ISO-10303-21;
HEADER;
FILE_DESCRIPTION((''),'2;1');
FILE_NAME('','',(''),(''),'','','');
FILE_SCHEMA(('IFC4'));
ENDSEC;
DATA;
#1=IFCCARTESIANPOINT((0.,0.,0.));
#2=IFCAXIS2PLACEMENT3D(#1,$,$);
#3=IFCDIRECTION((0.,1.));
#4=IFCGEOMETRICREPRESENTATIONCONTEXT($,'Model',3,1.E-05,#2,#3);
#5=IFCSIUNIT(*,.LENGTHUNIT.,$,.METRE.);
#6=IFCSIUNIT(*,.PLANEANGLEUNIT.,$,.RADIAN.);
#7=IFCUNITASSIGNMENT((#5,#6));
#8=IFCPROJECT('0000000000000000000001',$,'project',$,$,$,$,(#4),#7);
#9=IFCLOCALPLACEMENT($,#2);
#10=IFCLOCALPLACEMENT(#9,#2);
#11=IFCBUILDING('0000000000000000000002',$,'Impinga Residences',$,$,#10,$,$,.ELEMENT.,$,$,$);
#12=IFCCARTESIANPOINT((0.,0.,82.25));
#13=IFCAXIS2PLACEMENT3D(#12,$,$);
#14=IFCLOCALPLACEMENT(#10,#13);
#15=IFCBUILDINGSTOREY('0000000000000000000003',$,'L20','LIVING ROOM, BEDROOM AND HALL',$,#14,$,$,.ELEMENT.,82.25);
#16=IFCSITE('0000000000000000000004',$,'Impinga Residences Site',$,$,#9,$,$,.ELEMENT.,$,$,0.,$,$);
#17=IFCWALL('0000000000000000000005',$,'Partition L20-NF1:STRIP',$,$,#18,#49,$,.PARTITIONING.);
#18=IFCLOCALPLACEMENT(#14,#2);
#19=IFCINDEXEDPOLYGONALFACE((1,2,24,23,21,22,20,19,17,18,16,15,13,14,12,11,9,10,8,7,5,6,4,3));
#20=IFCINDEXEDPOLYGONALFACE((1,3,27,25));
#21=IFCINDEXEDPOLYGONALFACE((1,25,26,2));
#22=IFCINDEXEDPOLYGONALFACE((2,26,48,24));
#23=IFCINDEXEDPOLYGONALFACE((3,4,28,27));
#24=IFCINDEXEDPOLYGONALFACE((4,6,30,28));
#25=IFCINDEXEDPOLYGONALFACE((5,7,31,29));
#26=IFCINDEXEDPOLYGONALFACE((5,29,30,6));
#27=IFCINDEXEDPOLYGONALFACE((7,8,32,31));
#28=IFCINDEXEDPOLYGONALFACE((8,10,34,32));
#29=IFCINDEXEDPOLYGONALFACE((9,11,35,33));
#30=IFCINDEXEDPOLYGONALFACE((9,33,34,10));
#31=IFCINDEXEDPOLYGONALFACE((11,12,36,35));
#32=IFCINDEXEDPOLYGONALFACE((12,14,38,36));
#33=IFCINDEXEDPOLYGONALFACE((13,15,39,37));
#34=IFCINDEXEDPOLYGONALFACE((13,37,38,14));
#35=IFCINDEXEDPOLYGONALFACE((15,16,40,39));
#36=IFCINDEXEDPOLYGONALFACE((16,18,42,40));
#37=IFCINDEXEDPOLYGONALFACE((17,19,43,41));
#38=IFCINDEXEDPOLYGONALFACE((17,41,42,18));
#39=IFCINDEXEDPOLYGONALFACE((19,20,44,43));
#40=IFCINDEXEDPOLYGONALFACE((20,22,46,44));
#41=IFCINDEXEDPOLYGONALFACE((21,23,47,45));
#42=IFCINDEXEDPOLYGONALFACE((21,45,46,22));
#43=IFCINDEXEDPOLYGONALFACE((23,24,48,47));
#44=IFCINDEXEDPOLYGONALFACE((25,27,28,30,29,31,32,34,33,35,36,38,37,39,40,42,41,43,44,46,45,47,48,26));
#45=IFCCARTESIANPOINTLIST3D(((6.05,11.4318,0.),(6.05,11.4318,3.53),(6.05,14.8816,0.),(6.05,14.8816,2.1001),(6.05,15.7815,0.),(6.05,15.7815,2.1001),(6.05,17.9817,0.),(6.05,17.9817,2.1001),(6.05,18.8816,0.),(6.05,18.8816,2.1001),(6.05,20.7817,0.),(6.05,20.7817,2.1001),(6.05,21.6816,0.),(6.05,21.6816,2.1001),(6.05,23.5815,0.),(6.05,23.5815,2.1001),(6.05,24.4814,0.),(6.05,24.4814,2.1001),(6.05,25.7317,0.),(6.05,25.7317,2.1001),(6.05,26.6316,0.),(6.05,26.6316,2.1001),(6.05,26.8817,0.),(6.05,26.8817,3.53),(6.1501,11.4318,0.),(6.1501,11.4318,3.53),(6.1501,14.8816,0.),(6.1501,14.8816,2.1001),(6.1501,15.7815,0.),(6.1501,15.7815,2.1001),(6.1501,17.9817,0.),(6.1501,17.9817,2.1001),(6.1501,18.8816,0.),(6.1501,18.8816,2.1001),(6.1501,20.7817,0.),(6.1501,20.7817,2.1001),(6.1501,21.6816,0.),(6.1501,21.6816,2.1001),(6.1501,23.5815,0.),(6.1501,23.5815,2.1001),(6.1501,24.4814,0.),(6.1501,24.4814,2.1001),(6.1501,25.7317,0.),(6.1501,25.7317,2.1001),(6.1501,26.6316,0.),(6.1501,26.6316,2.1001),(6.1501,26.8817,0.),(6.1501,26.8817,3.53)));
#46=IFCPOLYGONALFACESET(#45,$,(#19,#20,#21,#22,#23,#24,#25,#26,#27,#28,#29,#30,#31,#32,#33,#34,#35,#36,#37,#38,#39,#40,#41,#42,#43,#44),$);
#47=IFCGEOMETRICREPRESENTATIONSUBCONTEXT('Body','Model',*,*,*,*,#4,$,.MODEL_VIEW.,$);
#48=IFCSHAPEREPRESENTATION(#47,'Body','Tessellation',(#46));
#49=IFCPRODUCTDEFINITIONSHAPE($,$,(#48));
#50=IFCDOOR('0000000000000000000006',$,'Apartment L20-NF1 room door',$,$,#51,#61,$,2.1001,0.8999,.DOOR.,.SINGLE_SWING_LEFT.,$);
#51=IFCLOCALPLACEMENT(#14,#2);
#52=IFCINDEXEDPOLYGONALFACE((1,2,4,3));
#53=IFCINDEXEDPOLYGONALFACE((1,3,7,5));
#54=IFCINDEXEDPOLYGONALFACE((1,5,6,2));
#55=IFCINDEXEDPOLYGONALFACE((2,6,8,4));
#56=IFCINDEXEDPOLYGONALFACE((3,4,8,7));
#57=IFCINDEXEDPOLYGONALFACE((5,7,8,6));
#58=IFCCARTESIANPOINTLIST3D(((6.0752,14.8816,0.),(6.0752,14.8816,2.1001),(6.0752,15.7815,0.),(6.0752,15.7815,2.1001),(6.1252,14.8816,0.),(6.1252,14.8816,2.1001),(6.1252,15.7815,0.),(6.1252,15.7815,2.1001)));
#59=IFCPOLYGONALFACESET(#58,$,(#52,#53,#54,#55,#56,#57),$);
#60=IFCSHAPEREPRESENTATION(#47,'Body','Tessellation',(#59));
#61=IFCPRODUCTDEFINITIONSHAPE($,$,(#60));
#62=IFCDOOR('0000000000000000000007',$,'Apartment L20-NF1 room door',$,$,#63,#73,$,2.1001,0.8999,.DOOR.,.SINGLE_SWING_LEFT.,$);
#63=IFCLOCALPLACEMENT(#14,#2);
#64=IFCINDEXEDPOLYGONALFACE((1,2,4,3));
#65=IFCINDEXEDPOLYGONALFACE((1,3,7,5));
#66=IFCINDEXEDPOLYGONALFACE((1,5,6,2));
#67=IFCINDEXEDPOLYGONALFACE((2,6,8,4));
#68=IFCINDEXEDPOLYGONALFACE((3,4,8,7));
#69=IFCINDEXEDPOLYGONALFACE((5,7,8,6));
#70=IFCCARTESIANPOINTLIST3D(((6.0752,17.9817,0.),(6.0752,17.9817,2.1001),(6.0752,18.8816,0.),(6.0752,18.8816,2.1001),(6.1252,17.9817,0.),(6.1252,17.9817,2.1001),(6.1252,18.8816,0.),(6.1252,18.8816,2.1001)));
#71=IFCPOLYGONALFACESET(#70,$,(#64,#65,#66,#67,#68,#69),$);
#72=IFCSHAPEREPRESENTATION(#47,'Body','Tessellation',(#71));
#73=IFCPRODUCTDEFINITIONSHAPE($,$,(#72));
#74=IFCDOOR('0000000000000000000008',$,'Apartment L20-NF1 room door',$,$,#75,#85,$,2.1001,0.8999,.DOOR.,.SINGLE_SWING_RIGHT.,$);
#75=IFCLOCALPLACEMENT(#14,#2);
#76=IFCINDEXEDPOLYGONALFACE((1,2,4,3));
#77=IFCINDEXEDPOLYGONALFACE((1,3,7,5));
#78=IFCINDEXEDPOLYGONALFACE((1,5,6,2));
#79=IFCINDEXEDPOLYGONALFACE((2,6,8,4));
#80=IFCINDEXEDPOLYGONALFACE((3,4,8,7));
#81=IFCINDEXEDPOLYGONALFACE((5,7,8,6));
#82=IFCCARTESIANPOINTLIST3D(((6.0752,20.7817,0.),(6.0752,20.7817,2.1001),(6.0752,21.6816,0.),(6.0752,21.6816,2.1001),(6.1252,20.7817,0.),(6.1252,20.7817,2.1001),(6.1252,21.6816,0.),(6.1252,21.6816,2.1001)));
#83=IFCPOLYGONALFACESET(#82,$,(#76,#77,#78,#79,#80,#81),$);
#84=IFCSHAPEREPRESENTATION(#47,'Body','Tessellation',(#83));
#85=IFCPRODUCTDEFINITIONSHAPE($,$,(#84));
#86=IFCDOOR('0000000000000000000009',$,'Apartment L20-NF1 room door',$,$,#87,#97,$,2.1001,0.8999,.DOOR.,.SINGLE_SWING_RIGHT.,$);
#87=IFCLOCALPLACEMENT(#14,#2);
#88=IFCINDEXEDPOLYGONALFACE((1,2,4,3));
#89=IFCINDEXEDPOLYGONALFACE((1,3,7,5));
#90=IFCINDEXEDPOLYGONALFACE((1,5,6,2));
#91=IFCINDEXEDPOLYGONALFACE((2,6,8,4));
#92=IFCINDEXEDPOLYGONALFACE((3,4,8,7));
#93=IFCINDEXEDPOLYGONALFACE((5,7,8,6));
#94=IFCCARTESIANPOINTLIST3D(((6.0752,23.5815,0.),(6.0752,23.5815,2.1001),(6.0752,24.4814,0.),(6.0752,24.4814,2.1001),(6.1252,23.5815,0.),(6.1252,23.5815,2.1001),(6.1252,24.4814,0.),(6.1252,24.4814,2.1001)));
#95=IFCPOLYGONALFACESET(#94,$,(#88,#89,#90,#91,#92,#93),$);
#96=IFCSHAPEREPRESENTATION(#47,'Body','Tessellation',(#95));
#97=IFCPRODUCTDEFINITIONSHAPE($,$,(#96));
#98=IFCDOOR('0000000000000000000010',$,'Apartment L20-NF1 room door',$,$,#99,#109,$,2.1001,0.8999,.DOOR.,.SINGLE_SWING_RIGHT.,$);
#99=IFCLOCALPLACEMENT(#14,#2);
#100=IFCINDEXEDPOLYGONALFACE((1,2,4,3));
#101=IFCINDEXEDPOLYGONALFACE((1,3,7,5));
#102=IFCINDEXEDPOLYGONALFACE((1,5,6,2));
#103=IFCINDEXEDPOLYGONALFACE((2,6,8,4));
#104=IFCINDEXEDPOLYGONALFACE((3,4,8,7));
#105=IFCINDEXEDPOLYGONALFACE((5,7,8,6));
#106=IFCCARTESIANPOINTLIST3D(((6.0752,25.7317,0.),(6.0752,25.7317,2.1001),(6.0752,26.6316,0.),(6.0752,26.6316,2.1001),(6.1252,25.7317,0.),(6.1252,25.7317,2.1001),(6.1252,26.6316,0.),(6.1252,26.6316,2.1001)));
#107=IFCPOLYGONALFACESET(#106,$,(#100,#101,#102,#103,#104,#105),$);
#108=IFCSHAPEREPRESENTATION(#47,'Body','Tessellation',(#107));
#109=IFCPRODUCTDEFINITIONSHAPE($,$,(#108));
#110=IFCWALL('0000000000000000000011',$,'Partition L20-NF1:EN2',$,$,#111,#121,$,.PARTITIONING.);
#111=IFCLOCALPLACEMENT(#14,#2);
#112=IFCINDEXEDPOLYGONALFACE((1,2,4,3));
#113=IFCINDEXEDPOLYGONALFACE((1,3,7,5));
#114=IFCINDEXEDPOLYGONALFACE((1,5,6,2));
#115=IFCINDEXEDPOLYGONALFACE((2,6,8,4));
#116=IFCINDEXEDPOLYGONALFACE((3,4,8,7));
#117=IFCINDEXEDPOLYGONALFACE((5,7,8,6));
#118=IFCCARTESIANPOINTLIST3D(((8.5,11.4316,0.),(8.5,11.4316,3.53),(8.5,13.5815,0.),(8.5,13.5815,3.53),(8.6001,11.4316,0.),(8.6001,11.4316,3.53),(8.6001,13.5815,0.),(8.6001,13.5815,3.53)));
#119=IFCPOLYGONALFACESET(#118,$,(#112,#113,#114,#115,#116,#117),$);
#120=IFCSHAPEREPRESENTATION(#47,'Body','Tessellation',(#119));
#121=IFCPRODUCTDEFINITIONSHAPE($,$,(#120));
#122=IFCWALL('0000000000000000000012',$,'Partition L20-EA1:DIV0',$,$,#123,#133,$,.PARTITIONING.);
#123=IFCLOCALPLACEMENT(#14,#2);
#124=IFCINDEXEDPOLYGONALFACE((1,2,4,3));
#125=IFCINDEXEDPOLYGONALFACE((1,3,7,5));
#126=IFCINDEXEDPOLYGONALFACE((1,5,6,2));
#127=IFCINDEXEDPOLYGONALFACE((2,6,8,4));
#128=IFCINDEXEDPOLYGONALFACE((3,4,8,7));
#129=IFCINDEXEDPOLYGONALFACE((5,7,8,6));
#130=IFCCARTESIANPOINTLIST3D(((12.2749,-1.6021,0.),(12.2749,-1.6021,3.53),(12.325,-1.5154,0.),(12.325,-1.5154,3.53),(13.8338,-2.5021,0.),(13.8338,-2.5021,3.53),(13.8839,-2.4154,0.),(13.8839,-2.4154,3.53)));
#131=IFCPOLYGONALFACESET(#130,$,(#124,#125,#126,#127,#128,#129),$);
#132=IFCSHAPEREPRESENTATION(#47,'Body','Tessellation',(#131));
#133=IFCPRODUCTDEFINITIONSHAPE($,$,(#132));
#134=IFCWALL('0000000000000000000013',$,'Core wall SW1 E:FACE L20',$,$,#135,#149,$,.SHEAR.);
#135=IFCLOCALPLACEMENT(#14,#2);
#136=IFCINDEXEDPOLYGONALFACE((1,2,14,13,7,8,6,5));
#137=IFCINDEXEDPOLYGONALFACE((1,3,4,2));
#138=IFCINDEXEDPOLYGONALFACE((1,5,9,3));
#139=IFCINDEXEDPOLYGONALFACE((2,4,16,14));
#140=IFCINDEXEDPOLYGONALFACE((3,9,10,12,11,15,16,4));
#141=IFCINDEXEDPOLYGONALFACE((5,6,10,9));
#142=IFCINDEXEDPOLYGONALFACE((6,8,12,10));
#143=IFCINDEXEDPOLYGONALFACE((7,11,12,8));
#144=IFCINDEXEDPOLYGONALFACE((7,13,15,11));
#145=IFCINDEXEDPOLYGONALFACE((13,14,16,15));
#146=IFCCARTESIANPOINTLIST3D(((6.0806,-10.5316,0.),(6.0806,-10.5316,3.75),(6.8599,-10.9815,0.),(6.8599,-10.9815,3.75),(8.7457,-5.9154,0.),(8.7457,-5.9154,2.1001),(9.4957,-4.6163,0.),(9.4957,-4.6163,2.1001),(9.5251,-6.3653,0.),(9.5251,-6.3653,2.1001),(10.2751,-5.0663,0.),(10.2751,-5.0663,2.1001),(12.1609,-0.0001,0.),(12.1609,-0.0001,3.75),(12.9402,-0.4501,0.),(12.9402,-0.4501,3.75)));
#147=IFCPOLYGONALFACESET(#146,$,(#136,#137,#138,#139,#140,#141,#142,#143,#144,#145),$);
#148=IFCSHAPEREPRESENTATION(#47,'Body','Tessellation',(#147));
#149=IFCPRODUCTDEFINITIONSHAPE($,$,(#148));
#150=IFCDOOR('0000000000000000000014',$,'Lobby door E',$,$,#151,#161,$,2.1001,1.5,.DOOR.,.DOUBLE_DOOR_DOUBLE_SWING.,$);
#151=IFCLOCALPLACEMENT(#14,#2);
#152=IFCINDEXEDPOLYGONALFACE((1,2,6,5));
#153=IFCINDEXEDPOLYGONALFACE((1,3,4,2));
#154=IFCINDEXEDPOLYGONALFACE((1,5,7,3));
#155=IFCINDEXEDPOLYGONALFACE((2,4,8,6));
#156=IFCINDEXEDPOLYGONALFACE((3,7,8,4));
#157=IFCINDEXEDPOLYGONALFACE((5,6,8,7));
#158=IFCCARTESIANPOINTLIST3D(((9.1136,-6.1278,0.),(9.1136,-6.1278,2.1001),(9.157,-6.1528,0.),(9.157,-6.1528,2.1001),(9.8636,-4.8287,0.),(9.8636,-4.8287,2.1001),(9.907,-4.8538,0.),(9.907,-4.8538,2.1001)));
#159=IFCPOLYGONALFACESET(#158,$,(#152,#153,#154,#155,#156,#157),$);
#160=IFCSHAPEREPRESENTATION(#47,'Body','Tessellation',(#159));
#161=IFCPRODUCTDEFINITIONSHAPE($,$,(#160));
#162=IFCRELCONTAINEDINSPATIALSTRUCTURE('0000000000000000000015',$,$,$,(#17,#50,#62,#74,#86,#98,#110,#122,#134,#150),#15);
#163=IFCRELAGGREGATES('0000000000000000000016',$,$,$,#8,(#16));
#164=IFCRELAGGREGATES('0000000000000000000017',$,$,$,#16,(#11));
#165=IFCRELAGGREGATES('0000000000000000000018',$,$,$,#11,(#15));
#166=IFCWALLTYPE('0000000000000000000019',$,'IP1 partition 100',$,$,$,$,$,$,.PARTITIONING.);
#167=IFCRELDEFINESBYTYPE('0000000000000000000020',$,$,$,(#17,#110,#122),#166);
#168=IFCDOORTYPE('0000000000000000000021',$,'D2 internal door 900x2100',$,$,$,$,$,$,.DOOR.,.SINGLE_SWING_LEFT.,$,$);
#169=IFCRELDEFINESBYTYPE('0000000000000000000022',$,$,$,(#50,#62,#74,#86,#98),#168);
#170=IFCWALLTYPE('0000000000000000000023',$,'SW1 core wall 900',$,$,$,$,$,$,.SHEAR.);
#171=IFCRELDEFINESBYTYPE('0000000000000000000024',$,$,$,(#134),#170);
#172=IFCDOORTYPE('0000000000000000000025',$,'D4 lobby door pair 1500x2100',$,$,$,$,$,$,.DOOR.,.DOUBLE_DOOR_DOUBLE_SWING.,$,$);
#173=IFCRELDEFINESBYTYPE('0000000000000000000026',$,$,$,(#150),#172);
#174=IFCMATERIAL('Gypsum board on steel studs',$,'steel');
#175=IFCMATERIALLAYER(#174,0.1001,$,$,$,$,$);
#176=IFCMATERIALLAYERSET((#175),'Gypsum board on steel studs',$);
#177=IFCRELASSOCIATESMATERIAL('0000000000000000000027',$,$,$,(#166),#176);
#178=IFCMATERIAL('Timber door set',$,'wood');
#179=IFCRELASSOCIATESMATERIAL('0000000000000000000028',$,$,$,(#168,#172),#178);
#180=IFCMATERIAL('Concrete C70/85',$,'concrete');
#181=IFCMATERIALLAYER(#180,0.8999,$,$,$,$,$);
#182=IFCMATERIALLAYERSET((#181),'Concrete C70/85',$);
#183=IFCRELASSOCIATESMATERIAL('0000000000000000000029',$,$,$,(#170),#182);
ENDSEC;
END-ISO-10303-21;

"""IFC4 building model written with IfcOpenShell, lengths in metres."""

from ifc_helpers import new_model, si_unit, direction, frame, frame_2d, origin, place, context, subcontext, project, spatial, rectangle, extrude, material, layer, layer_set, type_object, element, fill, save


model = new_model("IFC4")

# Units and contexts
model_context = context("Model", 3, precision=1e-05, world=origin(), true_north=direction((0.0, 1.0)))
body_context = subcontext(model_context, "Body", "Model", "MODEL_VIEW")
ifc_project = project(units=[si_unit("LENGTHUNIT", "METRE"), si_unit("PLANEANGLEUNIT", "RADIAN")], contexts=[model_context])

# Site, building, storey
site_placement = place(None, origin())
site = spatial("IfcSite", under=ifc_project, at=site_placement, Name="Impinga Residences Site", CompositionType="ELEMENT", RefElevation=0.0)
building_placement = place(site_placement, origin())
building = spatial("IfcBuilding", under=site, at=building_placement, Name="Impinga Residences", CompositionType="ELEMENT")
storey_placement = place(building_placement, frame((0.0, 0.0, 82.25)))
storey = spatial("IfcBuildingStorey", under=building, at=storey_placement, Name="L20", Description="LIVING ROOM, BEDROOM AND HALL", CompositionType="ELEMENT", Elevation=82.25)

# Shared definitions
ifc_material_1 = material(Name="Concrete C70/85", Category="concrete")

# Shared definitions
ifc_material_2 = material(Name="Timber door set", Category="wood")

# Wall, openings, doors
ifc_material_3 = material(Name="Gypsum board on steel studs", Category="steel")
ifc_layer_1 = layer(ifc_material_3, 0.1001)
ifc_layer_set_1 = layer_set([ifc_layer_1], Name="Gypsum board on steel studs")
wall_type_1 = type_object("IfcWallType", Name="IP1 partition 100", PredefinedType="PARTITIONING", material=ifc_layer_set_1)
wall_1_placement = place(storey_placement, frame((6.1001, 11.4316, 0.0), z_axis=(0.0, 0.0, 1.0), x_axis=(0.0, 1.0, 0.0)))
wall_1 = element("IfcWall", 1, at=wall_1_placement, inside=storey, type_object=wall_type_1, Name="Partition L20-NF1:STRIP", PredefinedType="PARTITIONING", context=body_context, shape_type="SweptSolid", body=[
    extrude(rectangle(XDim=15.45, YDim=0.1001, at=frame_2d((7.7251, 0.0))), origin(), (0.0, 0.0, 1.0), 3.53),
])
opening_1_placement = place(wall_1_placement, frame((3.45, 0.0, 0.0)))
opening_1 = element("IfcOpeningElement", 2, at=opening_1_placement, cuts=wall_1, PredefinedType="OPENING", context=body_context, shape_type="SweptSolid", body=[
    extrude(rectangle(XDim=0.8999, YDim=2.1001, at=frame_2d((0.45, 1.05))), frame((0.0, 0.0601, 0.0), z_axis=(0.0, -1.0, 0.0), x_axis=(1.0, 0.0, 0.0)), (0.0, 0.0, 1.0), 0.1201),
])
opening_2_placement = place(wall_1_placement, frame((6.55, 0.0, 0.0)))
opening_2 = element("IfcOpeningElement", 3, at=opening_2_placement, cuts=wall_1, PredefinedType="OPENING", context=body_context, shape_type="SweptSolid", body=[
    extrude(rectangle(XDim=0.8999, YDim=2.1001, at=frame_2d((0.45, 1.05))), frame((0.0, 0.0601, 0.0), z_axis=(0.0, -1.0, 0.0), x_axis=(1.0, 0.0, 0.0)), (0.0, 0.0, 1.0), 0.1201),
])
opening_3_placement = place(wall_1_placement, frame((9.3501, 0.0, 0.0)))
opening_3 = element("IfcOpeningElement", 4, at=opening_3_placement, cuts=wall_1, PredefinedType="OPENING", context=body_context, shape_type="SweptSolid", body=[
    extrude(rectangle(XDim=0.8999, YDim=2.1001, at=frame_2d((0.45, 1.05))), frame((0.0, 0.0601, 0.0), z_axis=(0.0, -1.0, 0.0), x_axis=(1.0, 0.0, 0.0)), (0.0, 0.0, 1.0), 0.1201),
])
opening_4_placement = place(wall_1_placement, frame((12.1499, 0.0, 0.0)))
opening_4 = element("IfcOpeningElement", 5, at=opening_4_placement, cuts=wall_1, PredefinedType="OPENING", context=body_context, shape_type="SweptSolid", body=[
    extrude(rectangle(XDim=0.8999, YDim=2.1001, at=frame_2d((0.45, 1.05))), frame((0.0, 0.0601, 0.0), z_axis=(0.0, -1.0, 0.0), x_axis=(1.0, 0.0, 0.0)), (0.0, 0.0, 1.0), 0.1201),
])
opening_5_placement = place(wall_1_placement, frame((14.3, 0.0, 0.0)))
opening_5 = element("IfcOpeningElement", 6, at=opening_5_placement, cuts=wall_1, PredefinedType="OPENING", context=body_context, shape_type="SweptSolid", body=[
    extrude(rectangle(XDim=0.8999, YDim=2.1001, at=frame_2d((0.45, 1.05))), frame((0.0, 0.0601, 0.0), z_axis=(0.0, -1.0, 0.0), x_axis=(1.0, 0.0, 0.0)), (0.0, 0.0, 1.0), 0.1201),
])
door_type_1 = type_object("IfcDoorType", Name="D2 internal door 900x2100", OperationType="SINGLE_SWING_LEFT", PredefinedType="DOOR", material=ifc_material_2)
door_1_placement = place(opening_1_placement, origin())
door_1 = element("IfcDoor", 7, at=door_1_placement, inside=storey, type_object=door_type_1, Name="Apartment L20-NF1 room door", OperationType="SINGLE_SWING_LEFT", OverallHeight=2.1001, OverallWidth=0.8999, PredefinedType="DOOR", context=body_context, shape_type="SweptSolid", body=[
    extrude(rectangle(XDim=0.8999, YDim=2.1001, at=frame_2d((0.45, 1.05))), frame((0.0, 0.0249, 0.0), z_axis=(0.0, -1.0, 0.0), x_axis=(1.0, 0.0, 0.0)), (0.0, 0.0, 1.0), 0.05),
])
fill(opening_1, door_1)
door_2_placement = place(opening_2_placement, origin())
door_2 = element("IfcDoor", 8, at=door_2_placement, inside=storey, type_object=door_type_1, Name="Apartment L20-NF1 room door", OperationType="SINGLE_SWING_LEFT", OverallHeight=2.1001, OverallWidth=0.8999, PredefinedType="DOOR", context=body_context, shape_type="SweptSolid", body=[
    extrude(rectangle(XDim=0.8999, YDim=2.1001, at=frame_2d((0.45, 1.05))), frame((0.0, 0.0249, 0.0), z_axis=(0.0, -1.0, 0.0), x_axis=(1.0, 0.0, 0.0)), (0.0, 0.0, 1.0), 0.05),
])
fill(opening_2, door_2)
door_3_placement = place(opening_3_placement, origin())
door_3 = element("IfcDoor", 9, at=door_3_placement, inside=storey, type_object=door_type_1, Name="Apartment L20-NF1 room door", OperationType="SINGLE_SWING_RIGHT", OverallHeight=2.1001, OverallWidth=0.8999, PredefinedType="DOOR", context=body_context, shape_type="SweptSolid", body=[
    extrude(rectangle(XDim=0.8999, YDim=2.1001, at=frame_2d((0.45, 1.05))), frame((0.0, 0.0249, 0.0), z_axis=(0.0, -1.0, 0.0), x_axis=(1.0, 0.0, 0.0)), (0.0, 0.0, 1.0), 0.05),
])
fill(opening_3, door_3)
door_4_placement = place(opening_4_placement, origin())
door_4 = element("IfcDoor", 10, at=door_4_placement, inside=storey, type_object=door_type_1, Name="Apartment L20-NF1 room door", OperationType="SINGLE_SWING_RIGHT", OverallHeight=2.1001, OverallWidth=0.8999, PredefinedType="DOOR", context=body_context, shape_type="SweptSolid", body=[
    extrude(rectangle(XDim=0.8999, YDim=2.1001, at=frame_2d((0.45, 1.05))), frame((0.0, 0.0249, 0.0), z_axis=(0.0, -1.0, 0.0), x_axis=(1.0, 0.0, 0.0)), (0.0, 0.0, 1.0), 0.05),
])
fill(opening_4, door_4)
door_5_placement = place(opening_5_placement, origin())
door_5 = element("IfcDoor", 11, at=door_5_placement, inside=storey, type_object=door_type_1, Name="Apartment L20-NF1 room door", OperationType="SINGLE_SWING_RIGHT", OverallHeight=2.1001, OverallWidth=0.8999, PredefinedType="DOOR", context=body_context, shape_type="SweptSolid", body=[
    extrude(rectangle(XDim=0.8999, YDim=2.1001, at=frame_2d((0.45, 1.05))), frame((0.0, 0.0249, 0.0), z_axis=(0.0, -1.0, 0.0), x_axis=(1.0, 0.0, 0.0)), (0.0, 0.0, 1.0), 0.05),
])
fill(opening_5, door_5)

# Walls
wall_2_placement = place(storey_placement, frame((8.55, 11.4316, 0.0), z_axis=(0.0, 0.0, 1.0), x_axis=(0.0, 1.0, 0.0)))
element("IfcWall", 12, at=wall_2_placement, inside=storey, type_object=wall_type_1, Name="Partition L20-NF1:EN2", PredefinedType="PARTITIONING", context=body_context, shape_type="SweptSolid", body=[
    extrude(rectangle(XDim=2.1499, YDim=0.1001, at=frame_2d((1.075, 0.0))), origin(), (0.0, 0.0, 1.0), 3.53),
])
wall_3_placement = place(storey_placement, frame((12.3, -1.5588, 0.0), z_axis=(0.0, 0.0, 1.0), x_axis=(0.866048, -0.499961, 0.0)))
element("IfcWall", 13, at=wall_3_placement, inside=storey, type_object=wall_type_1, Name="Partition L20-EA1:DIV0", PredefinedType="PARTITIONING", context=body_context, shape_type="SweptSolid", body=[
    extrude(rectangle(XDim=1.8, YDim=0.1001, at=frame_2d((0.8999, 0.0))), origin(), (0.0, 0.0, 1.0), 3.53),
])

# Wall, opening, door
ifc_layer_2 = layer(ifc_material_1, 0.8999)
ifc_layer_set_2 = layer_set([ifc_layer_2], Name="Concrete C70/85")
wall_type_2 = type_object("IfcWallType", Name="SW1 core wall 900", PredefinedType="SHEAR", material=ifc_layer_set_2)
wall_4_placement = place(storey_placement, frame((12.5505, -0.2251, 0.0), z_axis=(0.0, 0.0, 1.0), x_axis=(-0.499998, -0.866027, 0.0)))
wall_4 = element("IfcWall", 14, at=wall_4_placement, inside=storey, type_object=wall_type_2, Name="Core wall SW1 E:FACE L20", PredefinedType="SHEAR", context=body_context, shape_type="SweptSolid", body=[
    extrude(rectangle(XDim=12.1606, YDim=0.8999, at=frame_2d((6.0803, 0.0))), origin(), (0.0, 0.0, 1.0), 3.75),
])
opening_6_placement = place(wall_4_placement, frame((5.3303, 0.0, 0.0)))
opening_6 = element("IfcOpeningElement", 15, at=opening_6_placement, cuts=wall_4, PredefinedType="OPENING", context=body_context, shape_type="SweptSolid", body=[
    extrude(rectangle(XDim=1.5, YDim=2.1001, at=frame_2d((0.75, 1.05))), frame((0.0, 0.46, 0.0), z_axis=(0.0, -1.0, 0.0), x_axis=(1.0, 0.0, 0.0)), (0.0, 0.0, 1.0), 0.9199),
])
door_type_2 = type_object("IfcDoorType", Name="D4 lobby door pair 1500x2100", OperationType="DOUBLE_DOOR_DOUBLE_SWING", PredefinedType="DOOR", material=ifc_material_2)
door_6_placement = place(opening_6_placement, origin())
door_6 = element("IfcDoor", 16, at=door_6_placement, inside=storey, type_object=door_type_2, Name="Lobby door E", OperationType="DOUBLE_DOOR_DOUBLE_SWING", OverallHeight=2.1001, OverallWidth=1.5, PredefinedType="DOOR", context=body_context, shape_type="SweptSolid", body=[
    extrude(rectangle(XDim=1.5, YDim=2.1001, at=frame_2d((0.75, 1.05))), frame((0.0, 0.0249, 0.0), z_axis=(0.0, -1.0, 0.0), x_axis=(1.0, 0.0, 0.0)), (0.0, 0.0, 1.0), 0.05),
])
fill(opening_6, door_6)

save(model, "model.ifc")
